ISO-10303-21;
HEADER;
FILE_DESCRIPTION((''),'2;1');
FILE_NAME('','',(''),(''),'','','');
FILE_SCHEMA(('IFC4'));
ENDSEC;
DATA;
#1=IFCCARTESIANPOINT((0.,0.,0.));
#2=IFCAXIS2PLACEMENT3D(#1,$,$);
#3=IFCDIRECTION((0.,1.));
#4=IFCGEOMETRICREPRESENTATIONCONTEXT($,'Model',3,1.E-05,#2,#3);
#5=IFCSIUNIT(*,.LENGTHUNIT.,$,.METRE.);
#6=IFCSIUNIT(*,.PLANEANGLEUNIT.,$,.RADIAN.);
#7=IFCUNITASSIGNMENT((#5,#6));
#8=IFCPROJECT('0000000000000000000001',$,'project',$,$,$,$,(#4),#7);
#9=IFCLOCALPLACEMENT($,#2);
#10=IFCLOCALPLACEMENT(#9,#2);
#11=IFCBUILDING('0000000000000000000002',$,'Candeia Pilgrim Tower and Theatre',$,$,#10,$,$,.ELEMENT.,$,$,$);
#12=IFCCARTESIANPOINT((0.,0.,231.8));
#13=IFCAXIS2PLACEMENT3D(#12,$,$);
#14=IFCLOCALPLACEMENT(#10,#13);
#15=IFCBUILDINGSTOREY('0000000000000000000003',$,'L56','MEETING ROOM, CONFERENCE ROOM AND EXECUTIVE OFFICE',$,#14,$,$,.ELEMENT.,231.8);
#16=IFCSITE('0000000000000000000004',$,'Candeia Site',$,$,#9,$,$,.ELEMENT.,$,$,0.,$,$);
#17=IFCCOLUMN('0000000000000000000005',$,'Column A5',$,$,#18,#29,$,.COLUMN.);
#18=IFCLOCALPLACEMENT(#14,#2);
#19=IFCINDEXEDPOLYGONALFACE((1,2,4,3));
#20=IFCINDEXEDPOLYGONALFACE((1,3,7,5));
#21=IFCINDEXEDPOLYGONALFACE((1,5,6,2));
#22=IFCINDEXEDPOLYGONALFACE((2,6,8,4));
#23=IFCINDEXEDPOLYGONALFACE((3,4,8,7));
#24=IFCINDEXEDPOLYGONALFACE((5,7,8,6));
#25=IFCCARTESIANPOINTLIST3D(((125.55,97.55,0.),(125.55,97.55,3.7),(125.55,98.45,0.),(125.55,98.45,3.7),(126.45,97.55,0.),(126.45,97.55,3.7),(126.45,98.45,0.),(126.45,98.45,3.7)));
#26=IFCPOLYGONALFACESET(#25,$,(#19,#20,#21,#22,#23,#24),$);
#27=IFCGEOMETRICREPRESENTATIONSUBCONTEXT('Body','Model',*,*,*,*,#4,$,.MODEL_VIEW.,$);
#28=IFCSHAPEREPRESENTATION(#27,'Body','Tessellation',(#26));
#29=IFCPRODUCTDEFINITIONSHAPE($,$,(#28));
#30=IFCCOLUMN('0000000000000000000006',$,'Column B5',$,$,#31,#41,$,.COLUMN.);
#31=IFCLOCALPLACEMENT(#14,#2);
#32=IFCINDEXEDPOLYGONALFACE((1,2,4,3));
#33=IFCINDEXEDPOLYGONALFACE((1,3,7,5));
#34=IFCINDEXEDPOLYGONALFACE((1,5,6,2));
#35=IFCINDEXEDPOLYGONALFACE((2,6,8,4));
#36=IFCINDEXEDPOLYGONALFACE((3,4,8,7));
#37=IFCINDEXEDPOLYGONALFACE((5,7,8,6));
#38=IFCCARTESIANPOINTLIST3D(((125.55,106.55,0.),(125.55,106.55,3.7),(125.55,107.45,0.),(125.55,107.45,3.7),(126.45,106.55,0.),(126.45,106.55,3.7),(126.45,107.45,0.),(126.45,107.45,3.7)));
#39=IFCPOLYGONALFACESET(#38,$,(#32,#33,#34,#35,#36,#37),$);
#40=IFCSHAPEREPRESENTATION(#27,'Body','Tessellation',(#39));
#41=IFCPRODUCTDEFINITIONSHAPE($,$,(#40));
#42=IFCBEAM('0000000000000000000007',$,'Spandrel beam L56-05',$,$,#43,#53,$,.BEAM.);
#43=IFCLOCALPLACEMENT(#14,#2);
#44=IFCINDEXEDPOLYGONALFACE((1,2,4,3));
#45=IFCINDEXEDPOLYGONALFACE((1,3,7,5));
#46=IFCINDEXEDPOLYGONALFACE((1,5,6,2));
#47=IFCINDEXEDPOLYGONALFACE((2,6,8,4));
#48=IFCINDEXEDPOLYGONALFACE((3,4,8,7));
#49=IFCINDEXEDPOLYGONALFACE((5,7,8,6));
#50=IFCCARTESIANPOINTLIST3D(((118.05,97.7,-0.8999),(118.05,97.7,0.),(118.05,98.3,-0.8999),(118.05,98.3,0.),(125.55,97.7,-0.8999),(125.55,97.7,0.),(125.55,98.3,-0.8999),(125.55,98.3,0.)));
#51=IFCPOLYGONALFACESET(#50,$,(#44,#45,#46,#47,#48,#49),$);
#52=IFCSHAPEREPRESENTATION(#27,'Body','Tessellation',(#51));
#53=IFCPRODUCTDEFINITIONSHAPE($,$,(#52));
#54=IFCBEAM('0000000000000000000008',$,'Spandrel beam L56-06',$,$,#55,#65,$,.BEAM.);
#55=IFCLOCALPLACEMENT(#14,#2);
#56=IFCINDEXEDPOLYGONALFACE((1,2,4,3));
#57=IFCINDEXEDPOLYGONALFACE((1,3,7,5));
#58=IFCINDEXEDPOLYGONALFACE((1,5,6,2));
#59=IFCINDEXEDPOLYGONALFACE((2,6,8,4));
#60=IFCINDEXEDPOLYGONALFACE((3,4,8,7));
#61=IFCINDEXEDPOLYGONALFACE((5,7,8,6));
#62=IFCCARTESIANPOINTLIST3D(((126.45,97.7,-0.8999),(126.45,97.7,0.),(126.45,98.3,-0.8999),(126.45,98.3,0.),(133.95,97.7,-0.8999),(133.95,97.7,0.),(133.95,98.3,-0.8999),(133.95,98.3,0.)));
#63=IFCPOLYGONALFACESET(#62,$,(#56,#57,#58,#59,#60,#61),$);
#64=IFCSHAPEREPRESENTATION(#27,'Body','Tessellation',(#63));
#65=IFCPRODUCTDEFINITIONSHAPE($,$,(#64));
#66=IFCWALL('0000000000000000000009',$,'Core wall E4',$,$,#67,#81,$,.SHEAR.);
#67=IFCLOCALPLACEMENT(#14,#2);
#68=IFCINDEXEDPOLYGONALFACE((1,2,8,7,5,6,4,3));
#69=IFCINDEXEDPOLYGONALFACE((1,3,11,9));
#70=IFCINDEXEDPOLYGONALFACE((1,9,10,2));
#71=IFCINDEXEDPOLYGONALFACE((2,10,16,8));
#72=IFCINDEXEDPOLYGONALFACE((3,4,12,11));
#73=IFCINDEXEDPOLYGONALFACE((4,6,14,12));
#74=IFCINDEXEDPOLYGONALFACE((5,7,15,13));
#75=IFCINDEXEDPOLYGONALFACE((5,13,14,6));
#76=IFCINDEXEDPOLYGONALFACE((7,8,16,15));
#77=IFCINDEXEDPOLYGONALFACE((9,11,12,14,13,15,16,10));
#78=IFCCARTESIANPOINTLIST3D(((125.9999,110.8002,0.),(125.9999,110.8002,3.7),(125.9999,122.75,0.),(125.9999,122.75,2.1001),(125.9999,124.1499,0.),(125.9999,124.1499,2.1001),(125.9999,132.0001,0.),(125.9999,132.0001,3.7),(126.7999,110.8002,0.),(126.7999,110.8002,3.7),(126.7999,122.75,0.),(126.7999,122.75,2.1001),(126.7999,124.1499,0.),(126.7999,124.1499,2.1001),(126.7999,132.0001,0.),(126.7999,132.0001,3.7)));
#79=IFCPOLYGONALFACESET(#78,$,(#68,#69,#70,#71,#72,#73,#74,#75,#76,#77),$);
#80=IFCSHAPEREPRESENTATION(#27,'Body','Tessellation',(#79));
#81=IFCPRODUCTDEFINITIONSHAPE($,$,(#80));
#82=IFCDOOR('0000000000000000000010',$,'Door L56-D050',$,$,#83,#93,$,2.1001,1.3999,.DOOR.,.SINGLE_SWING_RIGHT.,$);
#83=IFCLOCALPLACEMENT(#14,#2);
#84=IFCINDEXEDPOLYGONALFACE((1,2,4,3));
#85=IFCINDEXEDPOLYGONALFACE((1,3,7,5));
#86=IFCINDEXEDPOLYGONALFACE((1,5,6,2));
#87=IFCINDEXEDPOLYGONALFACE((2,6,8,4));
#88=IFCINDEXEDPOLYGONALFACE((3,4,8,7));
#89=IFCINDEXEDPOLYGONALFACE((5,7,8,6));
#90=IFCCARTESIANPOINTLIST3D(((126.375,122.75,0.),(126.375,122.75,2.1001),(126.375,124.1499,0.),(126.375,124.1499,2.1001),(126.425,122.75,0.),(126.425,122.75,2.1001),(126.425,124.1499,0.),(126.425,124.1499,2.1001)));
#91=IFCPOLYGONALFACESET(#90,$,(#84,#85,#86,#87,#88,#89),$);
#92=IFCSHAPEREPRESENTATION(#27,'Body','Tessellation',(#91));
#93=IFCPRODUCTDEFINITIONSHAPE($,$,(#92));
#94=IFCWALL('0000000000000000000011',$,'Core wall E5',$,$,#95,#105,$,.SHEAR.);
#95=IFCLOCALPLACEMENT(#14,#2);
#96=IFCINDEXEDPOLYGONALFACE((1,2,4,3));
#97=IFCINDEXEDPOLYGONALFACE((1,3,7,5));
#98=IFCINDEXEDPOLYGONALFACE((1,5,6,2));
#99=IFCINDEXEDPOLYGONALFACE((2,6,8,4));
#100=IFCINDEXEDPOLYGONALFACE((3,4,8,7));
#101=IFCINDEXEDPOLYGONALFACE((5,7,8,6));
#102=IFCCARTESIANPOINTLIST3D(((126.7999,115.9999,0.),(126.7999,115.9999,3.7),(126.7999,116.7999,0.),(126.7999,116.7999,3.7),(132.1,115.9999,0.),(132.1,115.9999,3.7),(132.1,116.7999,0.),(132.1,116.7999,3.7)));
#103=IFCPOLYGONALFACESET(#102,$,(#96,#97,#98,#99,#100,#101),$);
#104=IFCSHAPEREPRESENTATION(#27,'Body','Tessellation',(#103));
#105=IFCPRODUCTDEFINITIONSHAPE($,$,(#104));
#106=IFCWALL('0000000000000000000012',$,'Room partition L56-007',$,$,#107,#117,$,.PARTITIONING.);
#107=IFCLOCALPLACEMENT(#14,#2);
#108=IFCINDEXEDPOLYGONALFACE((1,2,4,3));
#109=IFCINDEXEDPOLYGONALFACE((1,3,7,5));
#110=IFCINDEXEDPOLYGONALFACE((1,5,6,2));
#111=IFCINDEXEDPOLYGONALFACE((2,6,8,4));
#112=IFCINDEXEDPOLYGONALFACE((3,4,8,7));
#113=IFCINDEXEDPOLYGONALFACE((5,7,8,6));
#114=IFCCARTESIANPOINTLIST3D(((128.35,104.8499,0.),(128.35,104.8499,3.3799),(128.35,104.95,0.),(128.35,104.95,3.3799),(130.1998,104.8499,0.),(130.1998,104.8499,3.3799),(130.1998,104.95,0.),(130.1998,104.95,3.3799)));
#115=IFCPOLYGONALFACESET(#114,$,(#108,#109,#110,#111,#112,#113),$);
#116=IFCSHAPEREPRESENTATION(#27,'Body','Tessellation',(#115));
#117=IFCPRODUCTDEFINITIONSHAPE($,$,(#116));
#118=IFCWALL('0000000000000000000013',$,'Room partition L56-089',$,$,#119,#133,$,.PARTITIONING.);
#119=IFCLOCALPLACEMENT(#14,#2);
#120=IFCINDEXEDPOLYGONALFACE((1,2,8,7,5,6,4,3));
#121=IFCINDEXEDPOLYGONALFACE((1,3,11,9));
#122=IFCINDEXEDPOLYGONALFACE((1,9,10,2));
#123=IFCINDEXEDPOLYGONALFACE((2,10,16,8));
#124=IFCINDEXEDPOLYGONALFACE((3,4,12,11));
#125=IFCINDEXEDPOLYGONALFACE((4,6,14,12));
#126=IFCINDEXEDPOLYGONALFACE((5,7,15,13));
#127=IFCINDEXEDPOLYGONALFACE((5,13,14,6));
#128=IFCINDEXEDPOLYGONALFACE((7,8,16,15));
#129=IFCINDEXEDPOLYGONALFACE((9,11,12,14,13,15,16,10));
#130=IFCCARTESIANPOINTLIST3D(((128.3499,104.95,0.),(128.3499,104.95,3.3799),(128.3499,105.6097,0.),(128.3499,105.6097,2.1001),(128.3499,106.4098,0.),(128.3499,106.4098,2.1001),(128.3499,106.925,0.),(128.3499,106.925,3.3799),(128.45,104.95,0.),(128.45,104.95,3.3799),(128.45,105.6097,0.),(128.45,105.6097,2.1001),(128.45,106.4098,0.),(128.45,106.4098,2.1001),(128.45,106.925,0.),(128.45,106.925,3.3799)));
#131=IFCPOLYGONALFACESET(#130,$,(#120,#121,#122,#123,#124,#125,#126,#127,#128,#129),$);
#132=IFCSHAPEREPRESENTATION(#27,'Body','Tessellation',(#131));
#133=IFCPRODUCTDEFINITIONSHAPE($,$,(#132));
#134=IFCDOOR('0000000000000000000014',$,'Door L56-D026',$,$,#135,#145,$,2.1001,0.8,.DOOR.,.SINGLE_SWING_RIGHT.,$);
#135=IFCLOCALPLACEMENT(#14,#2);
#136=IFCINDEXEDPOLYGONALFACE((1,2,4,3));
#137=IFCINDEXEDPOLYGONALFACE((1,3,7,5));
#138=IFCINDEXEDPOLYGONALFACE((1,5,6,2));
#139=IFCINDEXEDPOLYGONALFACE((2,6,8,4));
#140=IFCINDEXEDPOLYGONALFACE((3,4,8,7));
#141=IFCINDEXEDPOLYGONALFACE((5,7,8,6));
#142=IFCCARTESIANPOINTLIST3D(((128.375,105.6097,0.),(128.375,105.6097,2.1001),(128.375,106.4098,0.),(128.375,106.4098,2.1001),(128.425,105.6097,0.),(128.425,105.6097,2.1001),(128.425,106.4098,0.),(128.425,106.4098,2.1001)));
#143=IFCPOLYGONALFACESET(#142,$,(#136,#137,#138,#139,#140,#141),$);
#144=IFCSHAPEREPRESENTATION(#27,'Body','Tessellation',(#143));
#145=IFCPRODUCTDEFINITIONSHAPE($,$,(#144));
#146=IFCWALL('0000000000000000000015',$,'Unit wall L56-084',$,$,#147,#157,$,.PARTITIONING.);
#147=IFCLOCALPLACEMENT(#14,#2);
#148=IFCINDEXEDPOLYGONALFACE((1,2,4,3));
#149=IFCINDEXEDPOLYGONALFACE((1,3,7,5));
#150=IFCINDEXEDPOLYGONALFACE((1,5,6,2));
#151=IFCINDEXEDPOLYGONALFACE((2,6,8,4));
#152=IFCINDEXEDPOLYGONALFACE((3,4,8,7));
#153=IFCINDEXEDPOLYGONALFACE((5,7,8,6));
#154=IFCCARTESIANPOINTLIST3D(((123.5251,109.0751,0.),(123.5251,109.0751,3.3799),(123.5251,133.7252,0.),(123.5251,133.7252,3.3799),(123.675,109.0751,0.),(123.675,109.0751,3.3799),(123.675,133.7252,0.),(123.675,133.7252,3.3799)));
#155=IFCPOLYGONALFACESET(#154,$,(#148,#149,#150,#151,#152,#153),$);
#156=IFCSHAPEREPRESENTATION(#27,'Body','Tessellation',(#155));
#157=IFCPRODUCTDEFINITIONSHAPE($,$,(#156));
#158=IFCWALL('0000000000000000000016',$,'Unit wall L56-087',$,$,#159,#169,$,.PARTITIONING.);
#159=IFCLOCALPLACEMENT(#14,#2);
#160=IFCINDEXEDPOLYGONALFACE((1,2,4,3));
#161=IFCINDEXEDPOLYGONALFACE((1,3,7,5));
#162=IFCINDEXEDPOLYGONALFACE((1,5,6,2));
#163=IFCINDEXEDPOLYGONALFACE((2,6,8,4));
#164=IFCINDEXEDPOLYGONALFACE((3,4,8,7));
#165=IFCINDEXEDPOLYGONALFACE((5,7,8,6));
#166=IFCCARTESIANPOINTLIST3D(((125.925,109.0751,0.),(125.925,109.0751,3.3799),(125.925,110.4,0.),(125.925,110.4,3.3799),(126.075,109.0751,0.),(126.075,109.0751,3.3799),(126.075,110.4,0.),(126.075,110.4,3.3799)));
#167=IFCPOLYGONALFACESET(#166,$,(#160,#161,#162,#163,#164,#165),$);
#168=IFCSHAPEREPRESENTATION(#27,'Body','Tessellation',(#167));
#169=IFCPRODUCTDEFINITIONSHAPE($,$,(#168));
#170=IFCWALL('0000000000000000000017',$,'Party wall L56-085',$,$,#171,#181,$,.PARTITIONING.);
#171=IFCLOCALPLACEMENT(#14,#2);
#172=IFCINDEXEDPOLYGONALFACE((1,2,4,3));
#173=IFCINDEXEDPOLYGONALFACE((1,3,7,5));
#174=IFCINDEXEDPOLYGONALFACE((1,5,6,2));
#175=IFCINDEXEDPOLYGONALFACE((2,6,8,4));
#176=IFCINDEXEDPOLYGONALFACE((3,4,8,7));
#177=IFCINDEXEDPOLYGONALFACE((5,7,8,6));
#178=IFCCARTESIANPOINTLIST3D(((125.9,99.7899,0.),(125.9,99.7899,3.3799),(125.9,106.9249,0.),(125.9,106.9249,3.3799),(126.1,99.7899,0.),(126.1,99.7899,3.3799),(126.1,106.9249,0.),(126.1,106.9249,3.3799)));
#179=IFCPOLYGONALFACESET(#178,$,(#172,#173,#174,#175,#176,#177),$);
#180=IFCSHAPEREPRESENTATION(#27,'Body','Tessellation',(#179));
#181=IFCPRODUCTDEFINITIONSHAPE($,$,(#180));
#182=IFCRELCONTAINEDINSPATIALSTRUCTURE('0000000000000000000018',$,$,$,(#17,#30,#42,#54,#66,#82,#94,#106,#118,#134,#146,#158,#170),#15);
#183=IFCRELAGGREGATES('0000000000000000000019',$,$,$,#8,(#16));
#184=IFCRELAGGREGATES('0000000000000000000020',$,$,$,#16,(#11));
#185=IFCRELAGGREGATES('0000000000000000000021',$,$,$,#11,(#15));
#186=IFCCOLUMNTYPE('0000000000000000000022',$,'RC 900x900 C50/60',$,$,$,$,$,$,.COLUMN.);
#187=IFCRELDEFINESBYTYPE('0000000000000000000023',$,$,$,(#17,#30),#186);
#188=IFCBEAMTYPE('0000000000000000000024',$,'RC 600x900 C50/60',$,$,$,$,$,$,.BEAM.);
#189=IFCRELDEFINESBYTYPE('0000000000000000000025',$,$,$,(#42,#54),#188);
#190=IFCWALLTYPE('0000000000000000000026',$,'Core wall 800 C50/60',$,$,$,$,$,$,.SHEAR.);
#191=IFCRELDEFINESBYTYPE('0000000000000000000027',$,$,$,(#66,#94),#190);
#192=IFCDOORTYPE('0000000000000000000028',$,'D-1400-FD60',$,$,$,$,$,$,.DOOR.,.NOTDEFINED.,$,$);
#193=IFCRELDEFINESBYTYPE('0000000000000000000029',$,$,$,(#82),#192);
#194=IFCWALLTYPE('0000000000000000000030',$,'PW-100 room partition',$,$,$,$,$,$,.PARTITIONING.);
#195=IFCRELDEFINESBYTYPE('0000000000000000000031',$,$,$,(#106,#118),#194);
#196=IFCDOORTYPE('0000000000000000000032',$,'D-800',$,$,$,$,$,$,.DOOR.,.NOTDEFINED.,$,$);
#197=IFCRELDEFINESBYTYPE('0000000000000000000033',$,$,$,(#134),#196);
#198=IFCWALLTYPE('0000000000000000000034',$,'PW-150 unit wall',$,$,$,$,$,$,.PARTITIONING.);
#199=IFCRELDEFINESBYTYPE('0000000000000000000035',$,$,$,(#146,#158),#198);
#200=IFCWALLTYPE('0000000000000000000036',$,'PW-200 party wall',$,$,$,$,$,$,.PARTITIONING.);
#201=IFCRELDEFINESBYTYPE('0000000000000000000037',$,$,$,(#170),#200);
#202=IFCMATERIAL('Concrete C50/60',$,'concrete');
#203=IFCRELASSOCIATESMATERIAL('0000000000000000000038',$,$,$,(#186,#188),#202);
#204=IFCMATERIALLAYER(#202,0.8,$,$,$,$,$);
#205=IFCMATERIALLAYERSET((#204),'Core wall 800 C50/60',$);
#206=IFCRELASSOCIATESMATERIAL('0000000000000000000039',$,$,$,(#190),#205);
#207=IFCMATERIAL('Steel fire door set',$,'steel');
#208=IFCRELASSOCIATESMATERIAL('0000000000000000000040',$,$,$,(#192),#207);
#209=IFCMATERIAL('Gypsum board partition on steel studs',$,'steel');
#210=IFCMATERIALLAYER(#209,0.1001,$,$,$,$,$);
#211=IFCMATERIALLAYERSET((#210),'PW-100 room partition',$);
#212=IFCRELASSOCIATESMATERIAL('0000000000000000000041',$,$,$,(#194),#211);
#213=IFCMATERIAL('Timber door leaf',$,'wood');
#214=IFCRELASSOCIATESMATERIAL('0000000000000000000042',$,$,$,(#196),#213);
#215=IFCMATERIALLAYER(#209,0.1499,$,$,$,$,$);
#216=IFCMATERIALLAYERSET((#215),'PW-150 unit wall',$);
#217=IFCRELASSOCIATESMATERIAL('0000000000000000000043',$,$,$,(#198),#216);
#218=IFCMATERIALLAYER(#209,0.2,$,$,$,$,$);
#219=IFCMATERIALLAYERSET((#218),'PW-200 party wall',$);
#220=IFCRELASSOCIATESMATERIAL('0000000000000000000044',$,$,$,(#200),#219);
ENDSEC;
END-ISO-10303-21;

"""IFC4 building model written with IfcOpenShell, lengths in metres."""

from ifc_helpers import new_model, si_unit, direction, frame, frame_2d, origin, origin_2d, place, context, subcontext, project, spatial, rectangle, extrude, material, layer, layer_set, material_profile, profile_set, type_object, element, fill, save


model = new_model("IFC4")

# Units and contexts
model_context = context("Model", 3, precision=1e-05, world=origin(), true_north=direction((0.0, 1.0)))
body_context = subcontext(model_context, "Body", "Model", "MODEL_VIEW")
ifc_project = project(units=[si_unit("LENGTHUNIT", "METRE"), si_unit("PLANEANGLEUNIT", "RADIAN")], contexts=[model_context])

# Site, building, storey
site_placement = place(None, origin())
site = spatial("IfcSite", under=ifc_project, at=site_placement, Name="Candeia Site", CompositionType="ELEMENT", RefElevation=0.0)
building_placement = place(site_placement, origin())
building = spatial("IfcBuilding", under=site, at=building_placement, Name="Candeia Pilgrim Tower and Theatre", CompositionType="ELEMENT")
storey_placement = place(building_placement, frame((0.0, 0.0, 231.8)))
storey = spatial("IfcBuildingStorey", under=building, at=storey_placement, Name="L56", Description="MEETING ROOM, CONFERENCE ROOM AND EXECUTIVE OFFICE", CompositionType="ELEMENT", Elevation=231.8)

# Columns
ifc_material_1 = material(Name="Concrete C50/60", Category="concrete")
ifc_material_profile_1 = material_profile(ifc_material_1, rectangle(XDim=0.8999, YDim=0.8999, at=origin_2d()))
ifc_profile_set_1 = profile_set([ifc_material_profile_1], Name="Concrete C50/60")
column_type = type_object("IfcColumnType", Name="RC 900x900 C50/60", PredefinedType="COLUMN", material=ifc_profile_set_1)
for number, where, z_axis, x_axis, name in (
    (1, (126.0, 98.0, 0.0), (0.0, 0.0, 1.0), (1.0, 0.0, 0.0), "Column A5"),
    (2, (126.0, 107.0, 0.0), (0.0, 0.0, 1.0), (1.0, 0.0, 0.0), "Column B5"),
):
    element("IfcColumn", number, at=place(storey_placement, frame(where, z_axis=z_axis, x_axis=x_axis)), inside=storey, type_object=column_type, Name=name, PredefinedType="COLUMN", context=body_context, shape_type="SweptSolid", body=[
        extrude(rectangle(XDim=0.8999, YDim=0.8999, at=origin_2d()), origin(), (0.0, 0.0, 1.0), 3.7),
    ])

# Beams
ifc_material_profile_2 = material_profile(ifc_material_1, rectangle(XDim=0.6001, YDim=0.8999, at=origin_2d()))
ifc_profile_set_2 = profile_set([ifc_material_profile_2], Name="Concrete C50/60")
beam_type = type_object("IfcBeamType", Name="RC 600x900 C50/60", PredefinedType="BEAM", material=ifc_profile_set_2)
for number, where, z_axis, x_axis, name in (
    (3, (118.05, 98.0, -0.45), (1.0, 0.0, 0.0), (0.0, 1.0, 0.0), "Spandrel beam L56-05"),
    (4, (126.45, 98.0, -0.45), (1.0, 0.0, 0.0), (0.0, 1.0, 0.0), "Spandrel beam L56-06"),
):
    element("IfcBeam", number, at=place(storey_placement, frame(where, z_axis=z_axis, x_axis=x_axis)), inside=storey, type_object=beam_type, Name=name, PredefinedType="BEAM", context=body_context, shape_type="SweptSolid", body=[
        extrude(rectangle(XDim=0.6001, YDim=0.8999, at=origin_2d()), origin(), (0.0, 0.0, 1.0), 7.5),
    ])

# Wall, opening, door
ifc_layer_1 = layer(ifc_material_1, 0.8)
ifc_layer_set_1 = layer_set([ifc_layer_1], Name="Core wall 800 C50/60")
wall_type_1 = type_object("IfcWallType", Name="Core wall 800 C50/60", PredefinedType="SHEAR", material=ifc_layer_set_1)
wall_1_placement = place(storey_placement, frame((126.3999, 110.8, 0.0), z_axis=(0.0, 0.0, 1.0), x_axis=(0.0, 1.0, 0.0)))
wall_1 = element("IfcWall", 5, at=wall_1_placement, inside=storey, type_object=wall_type_1, Name="Core wall E4", PredefinedType="SHEAR", context=body_context, shape_type="SweptSolid", body=[
    extrude(rectangle(XDim=21.2, YDim=0.8, at=frame_2d((10.6001, 0.0))), origin(), (0.0, 0.0, 1.0), 3.7),
])
opening_1_placement = place(wall_1_placement, frame((11.95, 0.0, 0.0)))
opening_1 = element("IfcOpeningElement", 6, at=opening_1_placement, cuts=wall_1, PredefinedType="OPENING", context=body_context, shape_type="SweptSolid", body=[
    extrude(rectangle(XDim=1.3999, YDim=2.1001, at=frame_2d((0.7, 1.05))), frame((0.0, 0.4102, 0.0), z_axis=(0.0, -1.0, 0.0), x_axis=(1.0, 0.0, 0.0)), (0.0, 0.0, 1.0), 0.8201),
])
ifc_material_2 = material(Name="Steel fire door set", Category="steel")
door_type_1 = type_object("IfcDoorType", Name="D-1400-FD60", OperationType="NOTDEFINED", PredefinedType="DOOR", material=ifc_material_2)
door_1_placement = place(opening_1_placement, origin())
door_1 = element("IfcDoor", 7, at=door_1_placement, inside=storey, type_object=door_type_1, Name="Door L56-D050", OperationType="SINGLE_SWING_RIGHT", OverallHeight=2.1001, OverallWidth=1.3999, PredefinedType="DOOR", context=body_context, shape_type="SweptSolid", body=[
    extrude(rectangle(XDim=1.3999, YDim=2.1001, at=frame_2d((0.7, 1.05))), frame((0.0, 0.0249, 0.0), z_axis=(0.0, -1.0, 0.0), x_axis=(1.0, 0.0, 0.0)), (0.0, 0.0, 1.0), 0.05),
])
fill(opening_1, door_1)

# Walls
wall_2_placement = place(storey_placement, frame((126.8, 116.3999, 0.0), z_axis=(0.0, 0.0, 1.0), x_axis=(1.0, 0.0, 0.0)))
element("IfcWall", 8, at=wall_2_placement, inside=storey, type_object=wall_type_1, Name="Core wall E5", PredefinedType="SHEAR", context=body_context, shape_type="SweptSolid", body=[
    extrude(rectangle(XDim=5.3, YDim=0.8, at=frame_2d((2.6499, 0.0))), origin(), (0.0, 0.0, 1.0), 3.7),
])
ifc_material_3 = material(Name="Gypsum board partition on steel studs", Category="steel")
ifc_layer_2 = layer(ifc_material_3, 0.1001)
ifc_layer_set_2 = layer_set([ifc_layer_2], Name="PW-100 room partition")
wall_type_2 = type_object("IfcWallType", Name="PW-100 room partition", PredefinedType="PARTITIONING", material=ifc_layer_set_2)
wall_3_placement = place(storey_placement, frame((128.3501, 104.8999, 0.0), z_axis=(0.0, 0.0, 1.0), x_axis=(1.0, 0.0, 0.0)))
element("IfcWall", 9, at=wall_3_placement, inside=storey, type_object=wall_type_2, Name="Room partition L56-007", PredefinedType="PARTITIONING", context=body_context, shape_type="SweptSolid", body=[
    extrude(rectangle(XDim=1.8499, YDim=0.1001, at=frame_2d((0.9248, 0.0))), origin(), (0.0, 0.0, 1.0), 3.3799),
])

# Wall, opening, door
wall_4_placement = place(storey_placement, frame((128.3999, 104.95, 0.0), z_axis=(0.0, 0.0, 1.0), x_axis=(0.0, 1.0, 0.0)))
wall_4 = element("IfcWall", 10, at=wall_4_placement, inside=storey, type_object=wall_type_2, Name="Room partition L56-089", PredefinedType="PARTITIONING", context=body_context, shape_type="SweptSolid", body=[
    extrude(rectangle(XDim=1.9751, YDim=0.1001, at=frame_2d((0.9875, 0.0))), origin(), (0.0, 0.0, 1.0), 3.3799),
])
opening_2_placement = place(wall_4_placement, frame((0.6599, 0.0, 0.0)))
opening_2 = element("IfcOpeningElement", 11, at=opening_2_placement, cuts=wall_4, PredefinedType="OPENING", context=body_context, shape_type="SweptSolid", body=[
    extrude(rectangle(XDim=0.8, YDim=2.1001, at=frame_2d((0.3999, 1.05))), frame((0.0, 0.0601, 0.0), z_axis=(0.0, -1.0, 0.0), x_axis=(1.0, 0.0, 0.0)), (0.0, 0.0, 1.0), 0.1201),
])
ifc_material_4 = material(Name="Timber door leaf", Category="wood")
door_type_2 = type_object("IfcDoorType", Name="D-800", OperationType="NOTDEFINED", PredefinedType="DOOR", material=ifc_material_4)
door_2_placement = place(opening_2_placement, origin())
door_2 = element("IfcDoor", 12, at=door_2_placement, inside=storey, type_object=door_type_2, Name="Door L56-D026", OperationType="SINGLE_SWING_RIGHT", OverallHeight=2.1001, OverallWidth=0.8, PredefinedType="DOOR", context=body_context, shape_type="SweptSolid", body=[
    extrude(rectangle(XDim=0.8, YDim=2.1001, at=frame_2d((0.3999, 1.05))), frame((0.0, 0.0249, 0.0), z_axis=(0.0, -1.0, 0.0), x_axis=(1.0, 0.0, 0.0)), (0.0, 0.0, 1.0), 0.05),
])
fill(opening_2, door_2)

# Walls
ifc_layer_3 = layer(ifc_material_3, 0.1499)
ifc_layer_set_3 = layer_set([ifc_layer_3], Name="PW-150 unit wall")
wall_type_3 = type_object("IfcWallType", Name="PW-150 unit wall", PredefinedType="PARTITIONING", material=ifc_layer_set_3)
wall_5_placement = place(storey_placement, frame((123.6001, 109.075, 0.0), z_axis=(0.0, 0.0, 1.0), x_axis=(0.0, 1.0, 0.0)))
element("IfcWall", 13, at=wall_5_placement, inside=storey, type_object=wall_type_3, Name="Unit wall L56-084", PredefinedType="PARTITIONING", context=body_context, shape_type="SweptSolid", body=[
    extrude(rectangle(XDim=24.6501, YDim=0.1499, at=frame_2d((12.3252, 0.0))), origin(), (0.0, 0.0, 1.0), 3.3799),
])
wall_6_placement = place(storey_placement, frame((126.0, 109.075, 0.0), z_axis=(0.0, 0.0, 1.0), x_axis=(0.0, 1.0, 0.0)))
element("IfcWall", 14, at=wall_6_placement, inside=storey, type_object=wall_type_3, Name="Unit wall L56-087", PredefinedType="PARTITIONING", context=body_context, shape_type="SweptSolid", body=[
    extrude(rectangle(XDim=1.325, YDim=0.1499, at=frame_2d((0.6626, 0.0))), origin(), (0.0, 0.0, 1.0), 3.3799),
])
ifc_layer_4 = layer(ifc_material_3, 0.2)
ifc_layer_set_4 = layer_set([ifc_layer_4], Name="PW-200 party wall")
wall_type_4 = type_object("IfcWallType", Name="PW-200 party wall", PredefinedType="PARTITIONING", material=ifc_layer_set_4)
for number, where, z_axis, x_axis, name in (
    (15, (126.0, 99.79, 0.0), (0.0, 0.0, 1.0), (0.0, 1.0, 0.0), "Party wall L56-085"),
):
    element("IfcWall", number, at=place(storey_placement, frame(where, z_axis=z_axis, x_axis=x_axis)), inside=storey, type_object=wall_type_4, Name=name, PredefinedType="PARTITIONING", context=body_context, shape_type="SweptSolid", body=[
        extrude(rectangle(XDim=7.135, YDim=0.2, at=frame_2d((3.5674, 0.0))), origin(), (0.0, 0.0, 1.0), 3.3799),
    ])

save(model, "model.ifc")
